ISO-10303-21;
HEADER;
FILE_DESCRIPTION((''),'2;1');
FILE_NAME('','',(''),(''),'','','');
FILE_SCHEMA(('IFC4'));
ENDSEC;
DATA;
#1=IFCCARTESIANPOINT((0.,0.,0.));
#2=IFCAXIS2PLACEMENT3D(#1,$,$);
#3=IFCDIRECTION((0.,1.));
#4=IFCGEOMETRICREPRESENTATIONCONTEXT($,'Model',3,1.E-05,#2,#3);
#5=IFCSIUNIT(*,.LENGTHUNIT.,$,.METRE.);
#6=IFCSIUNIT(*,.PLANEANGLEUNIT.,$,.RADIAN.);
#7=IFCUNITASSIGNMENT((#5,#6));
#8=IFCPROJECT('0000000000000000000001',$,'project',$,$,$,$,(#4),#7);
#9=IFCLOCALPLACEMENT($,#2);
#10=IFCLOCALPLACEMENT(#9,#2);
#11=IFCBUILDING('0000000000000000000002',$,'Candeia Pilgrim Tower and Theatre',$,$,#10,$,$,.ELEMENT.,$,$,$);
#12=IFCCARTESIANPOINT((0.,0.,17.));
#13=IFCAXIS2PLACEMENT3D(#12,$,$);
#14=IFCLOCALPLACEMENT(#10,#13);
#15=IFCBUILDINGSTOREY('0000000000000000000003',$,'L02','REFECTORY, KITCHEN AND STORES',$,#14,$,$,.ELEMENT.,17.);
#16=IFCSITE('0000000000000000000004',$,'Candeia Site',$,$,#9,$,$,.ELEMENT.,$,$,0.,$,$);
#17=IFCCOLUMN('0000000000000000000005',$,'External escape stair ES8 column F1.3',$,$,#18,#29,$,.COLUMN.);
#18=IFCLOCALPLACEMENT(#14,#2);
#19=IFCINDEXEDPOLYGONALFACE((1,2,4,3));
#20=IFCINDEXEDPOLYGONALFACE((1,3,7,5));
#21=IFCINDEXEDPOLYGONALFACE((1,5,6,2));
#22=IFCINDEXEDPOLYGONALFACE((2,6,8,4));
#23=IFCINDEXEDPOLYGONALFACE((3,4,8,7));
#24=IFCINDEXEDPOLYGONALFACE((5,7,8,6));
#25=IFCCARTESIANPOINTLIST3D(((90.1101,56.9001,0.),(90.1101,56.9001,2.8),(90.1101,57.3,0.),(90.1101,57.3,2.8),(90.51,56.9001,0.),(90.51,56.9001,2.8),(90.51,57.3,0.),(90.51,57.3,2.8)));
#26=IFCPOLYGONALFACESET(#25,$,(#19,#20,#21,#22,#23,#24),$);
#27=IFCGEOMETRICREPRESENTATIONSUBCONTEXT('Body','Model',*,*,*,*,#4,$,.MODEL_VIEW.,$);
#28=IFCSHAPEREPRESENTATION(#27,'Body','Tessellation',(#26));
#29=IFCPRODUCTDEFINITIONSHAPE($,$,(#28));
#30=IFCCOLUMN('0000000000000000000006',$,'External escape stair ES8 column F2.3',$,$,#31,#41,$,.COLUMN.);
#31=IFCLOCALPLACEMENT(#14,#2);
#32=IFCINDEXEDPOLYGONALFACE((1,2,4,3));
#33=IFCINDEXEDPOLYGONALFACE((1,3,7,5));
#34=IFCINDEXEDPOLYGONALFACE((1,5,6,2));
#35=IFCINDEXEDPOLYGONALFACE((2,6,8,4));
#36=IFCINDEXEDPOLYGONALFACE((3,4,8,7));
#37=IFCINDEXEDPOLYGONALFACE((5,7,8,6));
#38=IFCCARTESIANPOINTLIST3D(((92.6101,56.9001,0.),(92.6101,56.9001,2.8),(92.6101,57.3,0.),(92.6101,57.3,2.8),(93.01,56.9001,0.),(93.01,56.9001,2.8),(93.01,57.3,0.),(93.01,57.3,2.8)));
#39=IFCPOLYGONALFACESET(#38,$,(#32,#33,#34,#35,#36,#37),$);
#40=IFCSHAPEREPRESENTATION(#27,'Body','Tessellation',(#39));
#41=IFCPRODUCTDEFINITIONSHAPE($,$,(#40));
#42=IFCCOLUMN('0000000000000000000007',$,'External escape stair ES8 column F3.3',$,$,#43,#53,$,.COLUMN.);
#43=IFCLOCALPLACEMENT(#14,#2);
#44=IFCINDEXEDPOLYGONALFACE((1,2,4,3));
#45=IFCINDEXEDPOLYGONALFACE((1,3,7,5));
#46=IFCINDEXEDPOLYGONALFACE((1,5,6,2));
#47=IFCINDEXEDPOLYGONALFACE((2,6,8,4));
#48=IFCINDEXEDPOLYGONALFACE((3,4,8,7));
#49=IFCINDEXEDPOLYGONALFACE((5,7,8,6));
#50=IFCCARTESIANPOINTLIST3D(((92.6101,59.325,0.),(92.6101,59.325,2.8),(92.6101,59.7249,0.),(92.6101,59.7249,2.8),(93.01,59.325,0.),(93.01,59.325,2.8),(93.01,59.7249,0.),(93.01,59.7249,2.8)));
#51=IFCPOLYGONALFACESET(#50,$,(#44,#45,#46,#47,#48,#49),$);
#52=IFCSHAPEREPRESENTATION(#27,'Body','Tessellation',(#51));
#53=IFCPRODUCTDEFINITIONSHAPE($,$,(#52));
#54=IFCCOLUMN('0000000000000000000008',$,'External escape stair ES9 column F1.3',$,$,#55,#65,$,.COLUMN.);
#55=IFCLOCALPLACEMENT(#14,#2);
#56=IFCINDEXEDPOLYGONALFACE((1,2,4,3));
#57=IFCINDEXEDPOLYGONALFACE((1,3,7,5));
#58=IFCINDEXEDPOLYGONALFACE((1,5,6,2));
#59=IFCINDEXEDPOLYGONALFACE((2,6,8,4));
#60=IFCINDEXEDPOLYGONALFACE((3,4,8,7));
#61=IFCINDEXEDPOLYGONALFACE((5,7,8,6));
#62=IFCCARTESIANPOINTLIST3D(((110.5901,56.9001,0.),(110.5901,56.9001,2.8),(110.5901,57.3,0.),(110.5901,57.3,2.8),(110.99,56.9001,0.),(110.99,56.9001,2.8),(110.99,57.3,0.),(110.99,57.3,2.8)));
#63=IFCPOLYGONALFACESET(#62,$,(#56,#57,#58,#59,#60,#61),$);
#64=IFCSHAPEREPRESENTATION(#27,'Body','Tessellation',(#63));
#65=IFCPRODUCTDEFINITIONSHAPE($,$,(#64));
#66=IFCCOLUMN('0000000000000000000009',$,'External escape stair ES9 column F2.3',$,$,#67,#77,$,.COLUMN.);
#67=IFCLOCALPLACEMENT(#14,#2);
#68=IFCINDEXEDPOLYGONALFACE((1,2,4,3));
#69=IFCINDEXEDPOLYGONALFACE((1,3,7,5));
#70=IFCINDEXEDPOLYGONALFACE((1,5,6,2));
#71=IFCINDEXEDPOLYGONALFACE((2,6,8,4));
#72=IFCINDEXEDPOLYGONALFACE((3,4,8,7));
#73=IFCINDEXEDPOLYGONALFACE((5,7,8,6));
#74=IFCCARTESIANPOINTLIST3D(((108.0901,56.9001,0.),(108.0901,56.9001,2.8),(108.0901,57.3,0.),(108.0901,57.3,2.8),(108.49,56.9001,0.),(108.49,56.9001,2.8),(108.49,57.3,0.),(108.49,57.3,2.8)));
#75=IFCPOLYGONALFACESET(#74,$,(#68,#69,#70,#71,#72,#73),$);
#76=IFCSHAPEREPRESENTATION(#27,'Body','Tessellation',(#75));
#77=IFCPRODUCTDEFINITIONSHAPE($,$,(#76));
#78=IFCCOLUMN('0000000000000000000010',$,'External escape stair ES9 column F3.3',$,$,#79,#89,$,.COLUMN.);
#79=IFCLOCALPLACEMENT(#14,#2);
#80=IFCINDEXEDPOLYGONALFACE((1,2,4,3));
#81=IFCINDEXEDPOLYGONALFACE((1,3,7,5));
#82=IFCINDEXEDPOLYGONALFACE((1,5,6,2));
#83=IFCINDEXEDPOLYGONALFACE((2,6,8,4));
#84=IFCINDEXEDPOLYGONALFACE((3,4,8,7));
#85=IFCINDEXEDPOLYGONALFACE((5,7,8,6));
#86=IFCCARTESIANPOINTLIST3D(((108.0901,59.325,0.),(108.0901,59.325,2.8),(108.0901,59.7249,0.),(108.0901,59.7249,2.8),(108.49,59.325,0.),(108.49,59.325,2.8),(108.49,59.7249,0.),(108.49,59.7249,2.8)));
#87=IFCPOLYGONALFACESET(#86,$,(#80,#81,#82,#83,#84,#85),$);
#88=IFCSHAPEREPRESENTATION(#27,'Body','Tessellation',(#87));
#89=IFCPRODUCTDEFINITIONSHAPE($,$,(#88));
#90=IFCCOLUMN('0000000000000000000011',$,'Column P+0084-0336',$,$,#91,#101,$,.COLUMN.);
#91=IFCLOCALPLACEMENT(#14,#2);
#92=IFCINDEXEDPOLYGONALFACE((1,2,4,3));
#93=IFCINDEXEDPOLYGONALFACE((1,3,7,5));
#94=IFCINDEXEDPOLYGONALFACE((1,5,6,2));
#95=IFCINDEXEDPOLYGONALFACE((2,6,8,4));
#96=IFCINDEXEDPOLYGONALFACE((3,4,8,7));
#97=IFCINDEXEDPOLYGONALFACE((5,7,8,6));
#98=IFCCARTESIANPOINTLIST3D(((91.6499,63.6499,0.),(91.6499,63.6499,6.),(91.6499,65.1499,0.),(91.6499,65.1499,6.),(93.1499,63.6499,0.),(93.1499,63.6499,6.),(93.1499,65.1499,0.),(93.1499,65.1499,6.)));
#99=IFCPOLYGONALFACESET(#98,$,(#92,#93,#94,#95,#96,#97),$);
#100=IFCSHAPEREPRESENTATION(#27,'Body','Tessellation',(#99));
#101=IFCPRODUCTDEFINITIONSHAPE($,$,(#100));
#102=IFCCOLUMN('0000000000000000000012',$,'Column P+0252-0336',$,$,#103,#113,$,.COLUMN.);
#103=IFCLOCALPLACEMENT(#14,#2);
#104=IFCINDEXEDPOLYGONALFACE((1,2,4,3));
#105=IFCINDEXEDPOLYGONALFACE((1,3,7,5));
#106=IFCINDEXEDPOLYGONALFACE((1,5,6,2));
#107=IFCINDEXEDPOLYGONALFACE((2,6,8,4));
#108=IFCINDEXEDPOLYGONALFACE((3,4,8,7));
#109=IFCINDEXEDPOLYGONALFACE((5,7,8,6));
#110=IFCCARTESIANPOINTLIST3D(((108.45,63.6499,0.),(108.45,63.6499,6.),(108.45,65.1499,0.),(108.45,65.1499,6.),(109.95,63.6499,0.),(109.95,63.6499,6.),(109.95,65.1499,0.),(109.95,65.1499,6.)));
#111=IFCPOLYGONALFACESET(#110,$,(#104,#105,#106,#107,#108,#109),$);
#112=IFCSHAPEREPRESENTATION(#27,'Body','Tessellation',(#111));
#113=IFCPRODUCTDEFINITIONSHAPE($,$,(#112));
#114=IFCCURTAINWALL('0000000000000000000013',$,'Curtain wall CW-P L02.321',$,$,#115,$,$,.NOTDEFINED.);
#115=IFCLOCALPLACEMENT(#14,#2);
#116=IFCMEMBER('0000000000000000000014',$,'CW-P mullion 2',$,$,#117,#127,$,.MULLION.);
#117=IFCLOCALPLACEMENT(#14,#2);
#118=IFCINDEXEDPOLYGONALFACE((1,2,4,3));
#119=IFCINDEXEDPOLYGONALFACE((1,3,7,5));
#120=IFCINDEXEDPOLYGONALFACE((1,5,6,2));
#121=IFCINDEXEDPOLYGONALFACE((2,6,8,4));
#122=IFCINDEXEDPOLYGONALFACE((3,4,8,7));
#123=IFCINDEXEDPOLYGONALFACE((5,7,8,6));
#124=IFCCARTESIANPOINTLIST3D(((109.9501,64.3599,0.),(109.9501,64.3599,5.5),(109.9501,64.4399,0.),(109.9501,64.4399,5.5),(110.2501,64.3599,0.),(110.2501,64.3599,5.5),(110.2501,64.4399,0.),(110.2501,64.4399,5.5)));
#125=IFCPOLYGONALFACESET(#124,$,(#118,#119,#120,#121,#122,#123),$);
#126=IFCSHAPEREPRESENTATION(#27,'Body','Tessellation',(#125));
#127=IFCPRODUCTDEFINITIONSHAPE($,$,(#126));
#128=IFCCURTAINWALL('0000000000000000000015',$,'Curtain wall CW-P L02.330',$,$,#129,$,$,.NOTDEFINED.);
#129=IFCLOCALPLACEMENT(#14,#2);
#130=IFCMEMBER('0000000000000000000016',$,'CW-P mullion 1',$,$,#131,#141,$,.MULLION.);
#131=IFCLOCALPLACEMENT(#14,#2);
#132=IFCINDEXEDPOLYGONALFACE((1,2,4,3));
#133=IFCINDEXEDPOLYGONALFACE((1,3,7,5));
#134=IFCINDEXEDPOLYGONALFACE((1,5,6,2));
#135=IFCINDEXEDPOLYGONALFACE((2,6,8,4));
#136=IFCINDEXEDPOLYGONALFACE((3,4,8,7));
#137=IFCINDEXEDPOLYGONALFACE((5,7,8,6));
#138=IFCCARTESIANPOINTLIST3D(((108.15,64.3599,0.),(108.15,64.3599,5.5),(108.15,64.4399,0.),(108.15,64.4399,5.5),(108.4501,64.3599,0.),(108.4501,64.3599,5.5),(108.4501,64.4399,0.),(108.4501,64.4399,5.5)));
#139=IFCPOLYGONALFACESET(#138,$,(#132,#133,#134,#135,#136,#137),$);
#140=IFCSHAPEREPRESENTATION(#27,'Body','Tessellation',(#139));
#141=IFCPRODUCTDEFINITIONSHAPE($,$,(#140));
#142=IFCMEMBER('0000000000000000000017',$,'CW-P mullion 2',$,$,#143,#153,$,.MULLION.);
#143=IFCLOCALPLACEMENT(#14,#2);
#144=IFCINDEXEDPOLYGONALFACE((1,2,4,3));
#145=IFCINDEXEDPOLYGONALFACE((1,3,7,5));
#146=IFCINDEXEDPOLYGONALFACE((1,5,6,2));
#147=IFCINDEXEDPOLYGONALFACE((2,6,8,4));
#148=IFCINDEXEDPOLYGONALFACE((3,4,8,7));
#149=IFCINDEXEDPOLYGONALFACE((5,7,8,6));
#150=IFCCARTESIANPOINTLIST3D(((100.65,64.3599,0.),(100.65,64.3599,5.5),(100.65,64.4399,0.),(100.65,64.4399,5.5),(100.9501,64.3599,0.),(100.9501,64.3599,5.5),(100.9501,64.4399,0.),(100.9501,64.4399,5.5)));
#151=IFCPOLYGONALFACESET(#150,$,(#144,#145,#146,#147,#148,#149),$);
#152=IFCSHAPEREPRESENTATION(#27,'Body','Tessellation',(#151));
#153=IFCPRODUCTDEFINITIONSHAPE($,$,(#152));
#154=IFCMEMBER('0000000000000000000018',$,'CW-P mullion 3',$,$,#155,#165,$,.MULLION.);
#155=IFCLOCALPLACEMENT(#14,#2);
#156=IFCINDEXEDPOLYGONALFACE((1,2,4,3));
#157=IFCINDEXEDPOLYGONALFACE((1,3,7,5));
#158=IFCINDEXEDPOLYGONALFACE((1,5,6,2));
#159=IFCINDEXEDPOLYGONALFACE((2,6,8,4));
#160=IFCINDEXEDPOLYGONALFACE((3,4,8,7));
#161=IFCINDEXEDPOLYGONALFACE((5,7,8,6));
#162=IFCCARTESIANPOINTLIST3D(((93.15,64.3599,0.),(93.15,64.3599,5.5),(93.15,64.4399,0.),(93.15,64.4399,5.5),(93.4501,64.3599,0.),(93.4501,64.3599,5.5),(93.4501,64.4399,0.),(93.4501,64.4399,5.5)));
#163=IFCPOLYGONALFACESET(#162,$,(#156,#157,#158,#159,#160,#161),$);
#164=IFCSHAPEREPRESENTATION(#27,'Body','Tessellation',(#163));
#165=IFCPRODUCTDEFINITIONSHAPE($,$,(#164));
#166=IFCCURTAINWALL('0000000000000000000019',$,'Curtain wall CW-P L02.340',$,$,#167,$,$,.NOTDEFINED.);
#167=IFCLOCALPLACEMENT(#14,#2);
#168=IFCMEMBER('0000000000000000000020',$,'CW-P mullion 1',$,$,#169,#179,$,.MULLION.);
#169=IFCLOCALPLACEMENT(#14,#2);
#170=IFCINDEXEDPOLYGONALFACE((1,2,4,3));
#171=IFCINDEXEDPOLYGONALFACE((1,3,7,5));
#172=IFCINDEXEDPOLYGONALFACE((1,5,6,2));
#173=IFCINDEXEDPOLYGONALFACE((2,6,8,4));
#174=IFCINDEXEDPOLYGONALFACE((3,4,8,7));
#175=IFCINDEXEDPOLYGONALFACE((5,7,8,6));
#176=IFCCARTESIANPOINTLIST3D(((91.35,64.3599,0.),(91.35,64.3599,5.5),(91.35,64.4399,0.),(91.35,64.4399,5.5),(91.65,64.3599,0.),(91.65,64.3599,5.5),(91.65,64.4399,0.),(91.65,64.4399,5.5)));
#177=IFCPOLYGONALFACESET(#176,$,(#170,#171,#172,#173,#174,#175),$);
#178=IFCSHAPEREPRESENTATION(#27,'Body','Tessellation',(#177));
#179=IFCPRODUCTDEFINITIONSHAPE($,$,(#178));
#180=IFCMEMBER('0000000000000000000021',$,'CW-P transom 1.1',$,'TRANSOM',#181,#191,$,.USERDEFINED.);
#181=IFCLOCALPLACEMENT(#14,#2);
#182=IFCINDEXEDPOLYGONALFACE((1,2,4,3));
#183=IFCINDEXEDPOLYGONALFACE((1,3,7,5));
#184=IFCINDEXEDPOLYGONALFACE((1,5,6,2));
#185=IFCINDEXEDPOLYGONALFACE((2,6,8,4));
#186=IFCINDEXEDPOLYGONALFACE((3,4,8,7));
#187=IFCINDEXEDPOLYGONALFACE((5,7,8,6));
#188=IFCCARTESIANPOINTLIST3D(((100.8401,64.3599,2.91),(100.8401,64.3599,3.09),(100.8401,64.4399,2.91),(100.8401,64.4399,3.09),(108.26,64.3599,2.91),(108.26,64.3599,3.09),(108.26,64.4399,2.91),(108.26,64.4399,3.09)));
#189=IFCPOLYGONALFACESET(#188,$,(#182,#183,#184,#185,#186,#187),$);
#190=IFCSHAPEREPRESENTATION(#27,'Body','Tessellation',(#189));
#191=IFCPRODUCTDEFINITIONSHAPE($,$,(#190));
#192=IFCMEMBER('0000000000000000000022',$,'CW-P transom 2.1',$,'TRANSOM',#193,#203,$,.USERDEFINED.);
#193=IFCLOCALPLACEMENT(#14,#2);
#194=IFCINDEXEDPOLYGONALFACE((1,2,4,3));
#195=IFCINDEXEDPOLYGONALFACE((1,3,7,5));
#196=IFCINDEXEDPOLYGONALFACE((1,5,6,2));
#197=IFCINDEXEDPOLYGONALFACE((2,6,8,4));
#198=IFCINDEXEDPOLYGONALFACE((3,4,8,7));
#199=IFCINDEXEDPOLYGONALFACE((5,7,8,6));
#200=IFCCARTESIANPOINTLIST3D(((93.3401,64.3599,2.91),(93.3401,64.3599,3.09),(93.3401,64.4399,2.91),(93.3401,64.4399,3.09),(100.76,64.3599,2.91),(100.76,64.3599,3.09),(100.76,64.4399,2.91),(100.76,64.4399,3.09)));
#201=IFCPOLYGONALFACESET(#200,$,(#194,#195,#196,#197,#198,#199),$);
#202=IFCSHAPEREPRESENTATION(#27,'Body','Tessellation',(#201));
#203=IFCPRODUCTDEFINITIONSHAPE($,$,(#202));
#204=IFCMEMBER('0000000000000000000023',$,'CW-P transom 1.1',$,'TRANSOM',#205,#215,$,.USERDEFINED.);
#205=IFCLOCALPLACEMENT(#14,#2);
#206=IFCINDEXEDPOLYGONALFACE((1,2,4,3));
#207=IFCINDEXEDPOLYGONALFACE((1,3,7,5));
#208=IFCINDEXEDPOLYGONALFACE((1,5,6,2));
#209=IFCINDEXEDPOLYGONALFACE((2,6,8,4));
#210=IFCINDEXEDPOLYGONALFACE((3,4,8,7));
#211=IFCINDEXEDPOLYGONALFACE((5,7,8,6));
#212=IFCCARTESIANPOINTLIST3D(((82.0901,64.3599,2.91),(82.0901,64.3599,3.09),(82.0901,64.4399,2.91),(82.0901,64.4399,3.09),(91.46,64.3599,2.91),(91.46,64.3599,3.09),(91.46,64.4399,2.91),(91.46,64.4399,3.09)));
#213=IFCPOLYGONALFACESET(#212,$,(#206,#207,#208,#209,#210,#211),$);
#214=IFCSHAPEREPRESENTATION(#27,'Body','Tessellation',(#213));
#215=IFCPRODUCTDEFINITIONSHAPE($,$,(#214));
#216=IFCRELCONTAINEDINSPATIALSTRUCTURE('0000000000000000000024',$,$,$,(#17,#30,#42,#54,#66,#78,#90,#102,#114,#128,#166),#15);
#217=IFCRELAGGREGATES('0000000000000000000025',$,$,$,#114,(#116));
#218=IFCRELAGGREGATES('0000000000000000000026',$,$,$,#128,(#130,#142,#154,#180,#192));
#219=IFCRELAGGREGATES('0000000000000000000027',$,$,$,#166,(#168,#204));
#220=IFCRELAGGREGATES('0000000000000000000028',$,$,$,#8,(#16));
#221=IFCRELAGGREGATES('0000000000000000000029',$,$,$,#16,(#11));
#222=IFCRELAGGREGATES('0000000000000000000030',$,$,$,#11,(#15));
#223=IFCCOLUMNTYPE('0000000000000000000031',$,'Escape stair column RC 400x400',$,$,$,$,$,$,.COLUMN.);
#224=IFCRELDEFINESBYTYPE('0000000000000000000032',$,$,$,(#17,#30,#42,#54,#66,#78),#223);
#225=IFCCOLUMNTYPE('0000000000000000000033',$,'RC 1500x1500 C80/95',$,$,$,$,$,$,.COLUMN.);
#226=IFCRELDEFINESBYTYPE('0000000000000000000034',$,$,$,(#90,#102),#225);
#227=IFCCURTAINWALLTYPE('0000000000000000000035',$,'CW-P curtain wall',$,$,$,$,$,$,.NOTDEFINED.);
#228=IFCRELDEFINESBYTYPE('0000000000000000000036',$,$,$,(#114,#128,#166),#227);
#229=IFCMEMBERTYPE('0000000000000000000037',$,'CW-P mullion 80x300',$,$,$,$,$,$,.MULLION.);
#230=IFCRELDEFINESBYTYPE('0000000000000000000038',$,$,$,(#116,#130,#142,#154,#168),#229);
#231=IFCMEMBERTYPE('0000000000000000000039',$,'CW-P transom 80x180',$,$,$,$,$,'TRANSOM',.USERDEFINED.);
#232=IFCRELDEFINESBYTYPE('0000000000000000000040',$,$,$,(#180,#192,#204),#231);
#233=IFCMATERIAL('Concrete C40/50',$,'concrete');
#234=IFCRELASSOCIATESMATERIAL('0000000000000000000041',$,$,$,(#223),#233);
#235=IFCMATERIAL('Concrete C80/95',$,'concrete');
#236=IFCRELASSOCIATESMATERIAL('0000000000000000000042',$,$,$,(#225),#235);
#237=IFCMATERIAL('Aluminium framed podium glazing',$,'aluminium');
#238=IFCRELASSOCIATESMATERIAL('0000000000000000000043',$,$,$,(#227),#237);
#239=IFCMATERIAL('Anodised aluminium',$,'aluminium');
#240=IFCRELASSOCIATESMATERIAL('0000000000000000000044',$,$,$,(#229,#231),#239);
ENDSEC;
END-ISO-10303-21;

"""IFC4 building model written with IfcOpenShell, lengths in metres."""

from ifc_helpers import new_model, si_unit, direction, frame, origin, origin_2d, place, context, subcontext, project, spatial, rectangle, extrude, material, material_profile, profile_set, type_object, element, aggregate, save


model = new_model("IFC4")

# Units and contexts
model_context = context("Model", 3, precision=1e-05, world=origin(), true_north=direction((0.0, 1.0)))
body_context = subcontext(model_context, "Body", "Model", "MODEL_VIEW")
ifc_project = project(units=[si_unit("LENGTHUNIT", "METRE"), si_unit("PLANEANGLEUNIT", "RADIAN")], contexts=[model_context])

# Site, building, storey
site_placement = place(None, origin())
site = spatial("IfcSite", under=ifc_project, at=site_placement, Name="Candeia Site", CompositionType="ELEMENT", RefElevation=0.0)
building_placement = place(site_placement, origin())
building = spatial("IfcBuilding", under=site, at=building_placement, Name="Candeia Pilgrim Tower and Theatre", CompositionType="ELEMENT")
storey_placement = place(building_placement, frame((0.0, 0.0, 17.0)))
storey = spatial("IfcBuildingStorey", under=building, at=storey_placement, Name="L02", Description="REFECTORY, KITCHEN AND STORES", CompositionType="ELEMENT", Elevation=17.0)

# Columns
ifc_material_1 = material(Name="Concrete C40/50", Category="concrete")
ifc_material_profile_1 = material_profile(ifc_material_1, rectangle(XDim=0.3999, YDim=0.3999, at=origin_2d()))
ifc_profile_set_1 = profile_set([ifc_material_profile_1], Name="Concrete C40/50")
column_type_1 = type_object("IfcColumnType", Name="Escape stair column RC 400x400", PredefinedType="COLUMN", material=ifc_profile_set_1)
for number, where, z_axis, x_axis, name in (
    (1, (90.3101, 57.1001, 0.0), (0.0, 0.0, 1.0), (1.0, 0.0, 0.0), "External escape stair ES8 column F1.3"),
    (2, (92.8101, 57.1001, 0.0), (0.0, 0.0, 1.0), (1.0, 0.0, 0.0), "External escape stair ES8 column F2.3"),
    (3, (92.8101, 59.5249, 0.0), (0.0, 0.0, 1.0), (1.0, 0.0, 0.0), "External escape stair ES8 column F3.3"),
    (4, (110.79, 57.1001, 0.0), (0.0, 0.0, 1.0), (1.0, 0.0, 0.0), "External escape stair ES9 column F1.3"),
    (5, (108.29, 57.1001, 0.0), (0.0, 0.0, 1.0), (1.0, 0.0, 0.0), "External escape stair ES9 column F2.3"),
    (6, (108.29, 59.5249, 0.0), (0.0, 0.0, 1.0), (1.0, 0.0, 0.0), "External escape stair ES9 column F3.3"),
):
    element("IfcColumn", number, at=place(storey_placement, frame(where, z_axis=z_axis, x_axis=x_axis)), inside=storey, type_object=column_type_1, Name=name, PredefinedType="COLUMN", context=body_context, shape_type="SweptSolid", body=[
        extrude(rectangle(XDim=0.3999, YDim=0.3999, at=origin_2d()), origin(), (0.0, 0.0, 1.0), 2.8),
    ])
ifc_material_2 = material(Name="Concrete C80/95", Category="concrete")
ifc_material_profile_2 = material_profile(ifc_material_2, rectangle(XDim=1.5, YDim=1.5, at=origin_2d()))
ifc_profile_set_2 = profile_set([ifc_material_profile_2], Name="Concrete C80/95")
column_type_2 = type_object("IfcColumnType", Name="RC 1500x1500 C80/95", PredefinedType="COLUMN", material=ifc_profile_set_2)
for number, where, z_axis, x_axis, name in (
    (7, (92.3999, 64.3999, 0.0), (0.0, 0.0, 1.0), (1.0, 0.0, 0.0), "Column P+0084-0336"),
    (8, (109.2, 64.3999, 0.0), (0.0, 0.0, 1.0), (1.0, 0.0, 0.0), "Column P+0252-0336"),
):
    element("IfcColumn", number, at=place(storey_placement, frame(where, z_axis=z_axis, x_axis=x_axis)), inside=storey, type_object=column_type_2, Name=name, PredefinedType="COLUMN", context=body_context, shape_type="SweptSolid", body=[
        extrude(rectangle(XDim=1.5, YDim=1.5, at=origin_2d()), origin(), (0.0, 0.0, 1.0), 6.0),
    ])

# Curtain wall, member
ifc_material_3 = material(Name="Aluminium framed podium glazing", Category="aluminium")
curtain_wall_type = type_object("IfcCurtainWallType", Name="CW-P curtain wall", PredefinedType="NOTDEFINED", material=ifc_material_3)
curtain_wall_1_placement = place(storey_placement, origin())
curtain_wall_1 = element("IfcCurtainWall", 9, at=curtain_wall_1_placement, inside=storey, type_object=curtain_wall_type, Name="Curtain wall CW-P L02.321", PredefinedType="NOTDEFINED")
ifc_material_4 = material(Name="Anodised aluminium", Category="aluminium")
ifc_material_profile_3 = material_profile(ifc_material_4, rectangle(XDim=0.0801, YDim=0.3, at=origin_2d()))
ifc_profile_set_3 = profile_set([ifc_material_profile_3], Name="Anodised aluminium")
member_type_1 = type_object("IfcMemberType", Name="CW-P mullion 80x300", PredefinedType="MULLION", material=ifc_profile_set_3)
member_1_placement = place(storey_placement, frame((110.1001, 64.3999, 0.0), z_axis=(0.0, 0.0, 1.0), x_axis=(0.0, -1.0, 0.0)))
member_1 = element("IfcMember", 10, at=member_1_placement, type_object=member_type_1, Name="CW-P mullion 2", PredefinedType="MULLION", context=body_context, shape_type="SweptSolid", body=[
    extrude(rectangle(XDim=0.0801, YDim=0.3, at=origin_2d()), origin(), (0.0, 0.0, 1.0), 5.5),
])
aggregate(curtain_wall_1, [member_1])

# Curtain wall, members
curtain_wall_2_placement = place(storey_placement, origin())
curtain_wall_2 = element("IfcCurtainWall", 11, at=curtain_wall_2_placement, inside=storey, type_object=curtain_wall_type, Name="Curtain wall CW-P L02.330", PredefinedType="NOTDEFINED")
member_2_placement = place(storey_placement, frame((108.3, 64.3999, 0.0), z_axis=(0.0, 0.0, 1.0), x_axis=(0.0, -1.0, 0.0)))
member_2 = element("IfcMember", 12, at=member_2_placement, type_object=member_type_1, Name="CW-P mullion 1", PredefinedType="MULLION", context=body_context, shape_type="SweptSolid", body=[
    extrude(rectangle(XDim=0.0801, YDim=0.3, at=origin_2d()), origin(), (0.0, 0.0, 1.0), 5.5),
])
member_3_placement = place(storey_placement, frame((100.8, 64.3999, 0.0), z_axis=(0.0, 0.0, 1.0), x_axis=(0.0, -1.0, 0.0)))
member_3 = element("IfcMember", 13, at=member_3_placement, type_object=member_type_1, Name="CW-P mullion 2", PredefinedType="MULLION", context=body_context, shape_type="SweptSolid", body=[
    extrude(rectangle(XDim=0.0801, YDim=0.3, at=origin_2d()), origin(), (0.0, 0.0, 1.0), 5.5),
])
member_4_placement = place(storey_placement, frame((93.3, 64.3999, 0.0), z_axis=(0.0, 0.0, 1.0), x_axis=(0.0, -1.0, 0.0)))
member_4 = element("IfcMember", 14, at=member_4_placement, type_object=member_type_1, Name="CW-P mullion 3", PredefinedType="MULLION", context=body_context, shape_type="SweptSolid", body=[
    extrude(rectangle(XDim=0.0801, YDim=0.3, at=origin_2d()), origin(), (0.0, 0.0, 1.0), 5.5),
])

# Curtain wall, member
curtain_wall_3_placement = place(storey_placement, origin())
curtain_wall_3 = element("IfcCurtainWall", 15, at=curtain_wall_3_placement, inside=storey, type_object=curtain_wall_type, Name="Curtain wall CW-P L02.340", PredefinedType="NOTDEFINED")
member_5_placement = place(storey_placement, frame((91.5, 64.3999, 0.0), z_axis=(0.0, 0.0, 1.0), x_axis=(0.0, -1.0, 0.0)))
member_5 = element("IfcMember", 16, at=member_5_placement, type_object=member_type_1, Name="CW-P mullion 1", PredefinedType="MULLION", context=body_context, shape_type="SweptSolid", body=[
    extrude(rectangle(XDim=0.0801, YDim=0.3, at=origin_2d()), origin(), (0.0, 0.0, 1.0), 5.5),
])

# Members
ifc_material_profile_4 = material_profile(ifc_material_4, rectangle(XDim=0.0801, YDim=0.1799, at=origin_2d()))
ifc_profile_set_4 = profile_set([ifc_material_profile_4], Name="Anodised aluminium")
member_type_2 = type_object("IfcMemberType", Name="CW-P transom 80x180", ElementType="TRANSOM", PredefinedType="USERDEFINED", material=ifc_profile_set_4)
member_6_placement = place(storey_placement, frame((108.26, 64.3999, 3.0), z_axis=(-1.0, 0.0, 0.0), x_axis=(0.0, -1.0, 0.0)))
member_6 = element("IfcMember", 17, at=member_6_placement, type_object=member_type_2, Name="CW-P transom 1.1", ObjectType="TRANSOM", PredefinedType="USERDEFINED", context=body_context, shape_type="SweptSolid", body=[
    extrude(rectangle(XDim=0.0801, YDim=0.1799, at=origin_2d()), origin(), (0.0, 0.0, 1.0), 7.4199),
])
member_7_placement = place(storey_placement, frame((100.76, 64.3999, 3.0), z_axis=(-1.0, 0.0, 0.0), x_axis=(0.0, -1.0, 0.0)))
member_7 = element("IfcMember", 18, at=member_7_placement, type_object=member_type_2, Name="CW-P transom 2.1", ObjectType="TRANSOM", PredefinedType="USERDEFINED", context=body_context, shape_type="SweptSolid", body=[
    extrude(rectangle(XDim=0.0801, YDim=0.1799, at=origin_2d()), origin(), (0.0, 0.0, 1.0), 7.4199),
])
member_8_placement = place(storey_placement, frame((91.46, 64.3999, 3.0), z_axis=(-1.0, 0.0, 0.0), x_axis=(0.0, -1.0, 0.0)))
member_8 = element("IfcMember", 19, at=member_8_placement, type_object=member_type_2, Name="CW-P transom 1.1", ObjectType="TRANSOM", PredefinedType="USERDEFINED", context=body_context, shape_type="SweptSolid", body=[
    extrude(rectangle(XDim=0.0801, YDim=0.1799, at=origin_2d()), origin(), (0.0, 0.0, 1.0), 9.3699),
])

aggregate(curtain_wall_2, [member_2, member_3, member_4, member_6, member_7])
aggregate(curtain_wall_3, [member_5, member_8])

save(model, "model.ifc")
